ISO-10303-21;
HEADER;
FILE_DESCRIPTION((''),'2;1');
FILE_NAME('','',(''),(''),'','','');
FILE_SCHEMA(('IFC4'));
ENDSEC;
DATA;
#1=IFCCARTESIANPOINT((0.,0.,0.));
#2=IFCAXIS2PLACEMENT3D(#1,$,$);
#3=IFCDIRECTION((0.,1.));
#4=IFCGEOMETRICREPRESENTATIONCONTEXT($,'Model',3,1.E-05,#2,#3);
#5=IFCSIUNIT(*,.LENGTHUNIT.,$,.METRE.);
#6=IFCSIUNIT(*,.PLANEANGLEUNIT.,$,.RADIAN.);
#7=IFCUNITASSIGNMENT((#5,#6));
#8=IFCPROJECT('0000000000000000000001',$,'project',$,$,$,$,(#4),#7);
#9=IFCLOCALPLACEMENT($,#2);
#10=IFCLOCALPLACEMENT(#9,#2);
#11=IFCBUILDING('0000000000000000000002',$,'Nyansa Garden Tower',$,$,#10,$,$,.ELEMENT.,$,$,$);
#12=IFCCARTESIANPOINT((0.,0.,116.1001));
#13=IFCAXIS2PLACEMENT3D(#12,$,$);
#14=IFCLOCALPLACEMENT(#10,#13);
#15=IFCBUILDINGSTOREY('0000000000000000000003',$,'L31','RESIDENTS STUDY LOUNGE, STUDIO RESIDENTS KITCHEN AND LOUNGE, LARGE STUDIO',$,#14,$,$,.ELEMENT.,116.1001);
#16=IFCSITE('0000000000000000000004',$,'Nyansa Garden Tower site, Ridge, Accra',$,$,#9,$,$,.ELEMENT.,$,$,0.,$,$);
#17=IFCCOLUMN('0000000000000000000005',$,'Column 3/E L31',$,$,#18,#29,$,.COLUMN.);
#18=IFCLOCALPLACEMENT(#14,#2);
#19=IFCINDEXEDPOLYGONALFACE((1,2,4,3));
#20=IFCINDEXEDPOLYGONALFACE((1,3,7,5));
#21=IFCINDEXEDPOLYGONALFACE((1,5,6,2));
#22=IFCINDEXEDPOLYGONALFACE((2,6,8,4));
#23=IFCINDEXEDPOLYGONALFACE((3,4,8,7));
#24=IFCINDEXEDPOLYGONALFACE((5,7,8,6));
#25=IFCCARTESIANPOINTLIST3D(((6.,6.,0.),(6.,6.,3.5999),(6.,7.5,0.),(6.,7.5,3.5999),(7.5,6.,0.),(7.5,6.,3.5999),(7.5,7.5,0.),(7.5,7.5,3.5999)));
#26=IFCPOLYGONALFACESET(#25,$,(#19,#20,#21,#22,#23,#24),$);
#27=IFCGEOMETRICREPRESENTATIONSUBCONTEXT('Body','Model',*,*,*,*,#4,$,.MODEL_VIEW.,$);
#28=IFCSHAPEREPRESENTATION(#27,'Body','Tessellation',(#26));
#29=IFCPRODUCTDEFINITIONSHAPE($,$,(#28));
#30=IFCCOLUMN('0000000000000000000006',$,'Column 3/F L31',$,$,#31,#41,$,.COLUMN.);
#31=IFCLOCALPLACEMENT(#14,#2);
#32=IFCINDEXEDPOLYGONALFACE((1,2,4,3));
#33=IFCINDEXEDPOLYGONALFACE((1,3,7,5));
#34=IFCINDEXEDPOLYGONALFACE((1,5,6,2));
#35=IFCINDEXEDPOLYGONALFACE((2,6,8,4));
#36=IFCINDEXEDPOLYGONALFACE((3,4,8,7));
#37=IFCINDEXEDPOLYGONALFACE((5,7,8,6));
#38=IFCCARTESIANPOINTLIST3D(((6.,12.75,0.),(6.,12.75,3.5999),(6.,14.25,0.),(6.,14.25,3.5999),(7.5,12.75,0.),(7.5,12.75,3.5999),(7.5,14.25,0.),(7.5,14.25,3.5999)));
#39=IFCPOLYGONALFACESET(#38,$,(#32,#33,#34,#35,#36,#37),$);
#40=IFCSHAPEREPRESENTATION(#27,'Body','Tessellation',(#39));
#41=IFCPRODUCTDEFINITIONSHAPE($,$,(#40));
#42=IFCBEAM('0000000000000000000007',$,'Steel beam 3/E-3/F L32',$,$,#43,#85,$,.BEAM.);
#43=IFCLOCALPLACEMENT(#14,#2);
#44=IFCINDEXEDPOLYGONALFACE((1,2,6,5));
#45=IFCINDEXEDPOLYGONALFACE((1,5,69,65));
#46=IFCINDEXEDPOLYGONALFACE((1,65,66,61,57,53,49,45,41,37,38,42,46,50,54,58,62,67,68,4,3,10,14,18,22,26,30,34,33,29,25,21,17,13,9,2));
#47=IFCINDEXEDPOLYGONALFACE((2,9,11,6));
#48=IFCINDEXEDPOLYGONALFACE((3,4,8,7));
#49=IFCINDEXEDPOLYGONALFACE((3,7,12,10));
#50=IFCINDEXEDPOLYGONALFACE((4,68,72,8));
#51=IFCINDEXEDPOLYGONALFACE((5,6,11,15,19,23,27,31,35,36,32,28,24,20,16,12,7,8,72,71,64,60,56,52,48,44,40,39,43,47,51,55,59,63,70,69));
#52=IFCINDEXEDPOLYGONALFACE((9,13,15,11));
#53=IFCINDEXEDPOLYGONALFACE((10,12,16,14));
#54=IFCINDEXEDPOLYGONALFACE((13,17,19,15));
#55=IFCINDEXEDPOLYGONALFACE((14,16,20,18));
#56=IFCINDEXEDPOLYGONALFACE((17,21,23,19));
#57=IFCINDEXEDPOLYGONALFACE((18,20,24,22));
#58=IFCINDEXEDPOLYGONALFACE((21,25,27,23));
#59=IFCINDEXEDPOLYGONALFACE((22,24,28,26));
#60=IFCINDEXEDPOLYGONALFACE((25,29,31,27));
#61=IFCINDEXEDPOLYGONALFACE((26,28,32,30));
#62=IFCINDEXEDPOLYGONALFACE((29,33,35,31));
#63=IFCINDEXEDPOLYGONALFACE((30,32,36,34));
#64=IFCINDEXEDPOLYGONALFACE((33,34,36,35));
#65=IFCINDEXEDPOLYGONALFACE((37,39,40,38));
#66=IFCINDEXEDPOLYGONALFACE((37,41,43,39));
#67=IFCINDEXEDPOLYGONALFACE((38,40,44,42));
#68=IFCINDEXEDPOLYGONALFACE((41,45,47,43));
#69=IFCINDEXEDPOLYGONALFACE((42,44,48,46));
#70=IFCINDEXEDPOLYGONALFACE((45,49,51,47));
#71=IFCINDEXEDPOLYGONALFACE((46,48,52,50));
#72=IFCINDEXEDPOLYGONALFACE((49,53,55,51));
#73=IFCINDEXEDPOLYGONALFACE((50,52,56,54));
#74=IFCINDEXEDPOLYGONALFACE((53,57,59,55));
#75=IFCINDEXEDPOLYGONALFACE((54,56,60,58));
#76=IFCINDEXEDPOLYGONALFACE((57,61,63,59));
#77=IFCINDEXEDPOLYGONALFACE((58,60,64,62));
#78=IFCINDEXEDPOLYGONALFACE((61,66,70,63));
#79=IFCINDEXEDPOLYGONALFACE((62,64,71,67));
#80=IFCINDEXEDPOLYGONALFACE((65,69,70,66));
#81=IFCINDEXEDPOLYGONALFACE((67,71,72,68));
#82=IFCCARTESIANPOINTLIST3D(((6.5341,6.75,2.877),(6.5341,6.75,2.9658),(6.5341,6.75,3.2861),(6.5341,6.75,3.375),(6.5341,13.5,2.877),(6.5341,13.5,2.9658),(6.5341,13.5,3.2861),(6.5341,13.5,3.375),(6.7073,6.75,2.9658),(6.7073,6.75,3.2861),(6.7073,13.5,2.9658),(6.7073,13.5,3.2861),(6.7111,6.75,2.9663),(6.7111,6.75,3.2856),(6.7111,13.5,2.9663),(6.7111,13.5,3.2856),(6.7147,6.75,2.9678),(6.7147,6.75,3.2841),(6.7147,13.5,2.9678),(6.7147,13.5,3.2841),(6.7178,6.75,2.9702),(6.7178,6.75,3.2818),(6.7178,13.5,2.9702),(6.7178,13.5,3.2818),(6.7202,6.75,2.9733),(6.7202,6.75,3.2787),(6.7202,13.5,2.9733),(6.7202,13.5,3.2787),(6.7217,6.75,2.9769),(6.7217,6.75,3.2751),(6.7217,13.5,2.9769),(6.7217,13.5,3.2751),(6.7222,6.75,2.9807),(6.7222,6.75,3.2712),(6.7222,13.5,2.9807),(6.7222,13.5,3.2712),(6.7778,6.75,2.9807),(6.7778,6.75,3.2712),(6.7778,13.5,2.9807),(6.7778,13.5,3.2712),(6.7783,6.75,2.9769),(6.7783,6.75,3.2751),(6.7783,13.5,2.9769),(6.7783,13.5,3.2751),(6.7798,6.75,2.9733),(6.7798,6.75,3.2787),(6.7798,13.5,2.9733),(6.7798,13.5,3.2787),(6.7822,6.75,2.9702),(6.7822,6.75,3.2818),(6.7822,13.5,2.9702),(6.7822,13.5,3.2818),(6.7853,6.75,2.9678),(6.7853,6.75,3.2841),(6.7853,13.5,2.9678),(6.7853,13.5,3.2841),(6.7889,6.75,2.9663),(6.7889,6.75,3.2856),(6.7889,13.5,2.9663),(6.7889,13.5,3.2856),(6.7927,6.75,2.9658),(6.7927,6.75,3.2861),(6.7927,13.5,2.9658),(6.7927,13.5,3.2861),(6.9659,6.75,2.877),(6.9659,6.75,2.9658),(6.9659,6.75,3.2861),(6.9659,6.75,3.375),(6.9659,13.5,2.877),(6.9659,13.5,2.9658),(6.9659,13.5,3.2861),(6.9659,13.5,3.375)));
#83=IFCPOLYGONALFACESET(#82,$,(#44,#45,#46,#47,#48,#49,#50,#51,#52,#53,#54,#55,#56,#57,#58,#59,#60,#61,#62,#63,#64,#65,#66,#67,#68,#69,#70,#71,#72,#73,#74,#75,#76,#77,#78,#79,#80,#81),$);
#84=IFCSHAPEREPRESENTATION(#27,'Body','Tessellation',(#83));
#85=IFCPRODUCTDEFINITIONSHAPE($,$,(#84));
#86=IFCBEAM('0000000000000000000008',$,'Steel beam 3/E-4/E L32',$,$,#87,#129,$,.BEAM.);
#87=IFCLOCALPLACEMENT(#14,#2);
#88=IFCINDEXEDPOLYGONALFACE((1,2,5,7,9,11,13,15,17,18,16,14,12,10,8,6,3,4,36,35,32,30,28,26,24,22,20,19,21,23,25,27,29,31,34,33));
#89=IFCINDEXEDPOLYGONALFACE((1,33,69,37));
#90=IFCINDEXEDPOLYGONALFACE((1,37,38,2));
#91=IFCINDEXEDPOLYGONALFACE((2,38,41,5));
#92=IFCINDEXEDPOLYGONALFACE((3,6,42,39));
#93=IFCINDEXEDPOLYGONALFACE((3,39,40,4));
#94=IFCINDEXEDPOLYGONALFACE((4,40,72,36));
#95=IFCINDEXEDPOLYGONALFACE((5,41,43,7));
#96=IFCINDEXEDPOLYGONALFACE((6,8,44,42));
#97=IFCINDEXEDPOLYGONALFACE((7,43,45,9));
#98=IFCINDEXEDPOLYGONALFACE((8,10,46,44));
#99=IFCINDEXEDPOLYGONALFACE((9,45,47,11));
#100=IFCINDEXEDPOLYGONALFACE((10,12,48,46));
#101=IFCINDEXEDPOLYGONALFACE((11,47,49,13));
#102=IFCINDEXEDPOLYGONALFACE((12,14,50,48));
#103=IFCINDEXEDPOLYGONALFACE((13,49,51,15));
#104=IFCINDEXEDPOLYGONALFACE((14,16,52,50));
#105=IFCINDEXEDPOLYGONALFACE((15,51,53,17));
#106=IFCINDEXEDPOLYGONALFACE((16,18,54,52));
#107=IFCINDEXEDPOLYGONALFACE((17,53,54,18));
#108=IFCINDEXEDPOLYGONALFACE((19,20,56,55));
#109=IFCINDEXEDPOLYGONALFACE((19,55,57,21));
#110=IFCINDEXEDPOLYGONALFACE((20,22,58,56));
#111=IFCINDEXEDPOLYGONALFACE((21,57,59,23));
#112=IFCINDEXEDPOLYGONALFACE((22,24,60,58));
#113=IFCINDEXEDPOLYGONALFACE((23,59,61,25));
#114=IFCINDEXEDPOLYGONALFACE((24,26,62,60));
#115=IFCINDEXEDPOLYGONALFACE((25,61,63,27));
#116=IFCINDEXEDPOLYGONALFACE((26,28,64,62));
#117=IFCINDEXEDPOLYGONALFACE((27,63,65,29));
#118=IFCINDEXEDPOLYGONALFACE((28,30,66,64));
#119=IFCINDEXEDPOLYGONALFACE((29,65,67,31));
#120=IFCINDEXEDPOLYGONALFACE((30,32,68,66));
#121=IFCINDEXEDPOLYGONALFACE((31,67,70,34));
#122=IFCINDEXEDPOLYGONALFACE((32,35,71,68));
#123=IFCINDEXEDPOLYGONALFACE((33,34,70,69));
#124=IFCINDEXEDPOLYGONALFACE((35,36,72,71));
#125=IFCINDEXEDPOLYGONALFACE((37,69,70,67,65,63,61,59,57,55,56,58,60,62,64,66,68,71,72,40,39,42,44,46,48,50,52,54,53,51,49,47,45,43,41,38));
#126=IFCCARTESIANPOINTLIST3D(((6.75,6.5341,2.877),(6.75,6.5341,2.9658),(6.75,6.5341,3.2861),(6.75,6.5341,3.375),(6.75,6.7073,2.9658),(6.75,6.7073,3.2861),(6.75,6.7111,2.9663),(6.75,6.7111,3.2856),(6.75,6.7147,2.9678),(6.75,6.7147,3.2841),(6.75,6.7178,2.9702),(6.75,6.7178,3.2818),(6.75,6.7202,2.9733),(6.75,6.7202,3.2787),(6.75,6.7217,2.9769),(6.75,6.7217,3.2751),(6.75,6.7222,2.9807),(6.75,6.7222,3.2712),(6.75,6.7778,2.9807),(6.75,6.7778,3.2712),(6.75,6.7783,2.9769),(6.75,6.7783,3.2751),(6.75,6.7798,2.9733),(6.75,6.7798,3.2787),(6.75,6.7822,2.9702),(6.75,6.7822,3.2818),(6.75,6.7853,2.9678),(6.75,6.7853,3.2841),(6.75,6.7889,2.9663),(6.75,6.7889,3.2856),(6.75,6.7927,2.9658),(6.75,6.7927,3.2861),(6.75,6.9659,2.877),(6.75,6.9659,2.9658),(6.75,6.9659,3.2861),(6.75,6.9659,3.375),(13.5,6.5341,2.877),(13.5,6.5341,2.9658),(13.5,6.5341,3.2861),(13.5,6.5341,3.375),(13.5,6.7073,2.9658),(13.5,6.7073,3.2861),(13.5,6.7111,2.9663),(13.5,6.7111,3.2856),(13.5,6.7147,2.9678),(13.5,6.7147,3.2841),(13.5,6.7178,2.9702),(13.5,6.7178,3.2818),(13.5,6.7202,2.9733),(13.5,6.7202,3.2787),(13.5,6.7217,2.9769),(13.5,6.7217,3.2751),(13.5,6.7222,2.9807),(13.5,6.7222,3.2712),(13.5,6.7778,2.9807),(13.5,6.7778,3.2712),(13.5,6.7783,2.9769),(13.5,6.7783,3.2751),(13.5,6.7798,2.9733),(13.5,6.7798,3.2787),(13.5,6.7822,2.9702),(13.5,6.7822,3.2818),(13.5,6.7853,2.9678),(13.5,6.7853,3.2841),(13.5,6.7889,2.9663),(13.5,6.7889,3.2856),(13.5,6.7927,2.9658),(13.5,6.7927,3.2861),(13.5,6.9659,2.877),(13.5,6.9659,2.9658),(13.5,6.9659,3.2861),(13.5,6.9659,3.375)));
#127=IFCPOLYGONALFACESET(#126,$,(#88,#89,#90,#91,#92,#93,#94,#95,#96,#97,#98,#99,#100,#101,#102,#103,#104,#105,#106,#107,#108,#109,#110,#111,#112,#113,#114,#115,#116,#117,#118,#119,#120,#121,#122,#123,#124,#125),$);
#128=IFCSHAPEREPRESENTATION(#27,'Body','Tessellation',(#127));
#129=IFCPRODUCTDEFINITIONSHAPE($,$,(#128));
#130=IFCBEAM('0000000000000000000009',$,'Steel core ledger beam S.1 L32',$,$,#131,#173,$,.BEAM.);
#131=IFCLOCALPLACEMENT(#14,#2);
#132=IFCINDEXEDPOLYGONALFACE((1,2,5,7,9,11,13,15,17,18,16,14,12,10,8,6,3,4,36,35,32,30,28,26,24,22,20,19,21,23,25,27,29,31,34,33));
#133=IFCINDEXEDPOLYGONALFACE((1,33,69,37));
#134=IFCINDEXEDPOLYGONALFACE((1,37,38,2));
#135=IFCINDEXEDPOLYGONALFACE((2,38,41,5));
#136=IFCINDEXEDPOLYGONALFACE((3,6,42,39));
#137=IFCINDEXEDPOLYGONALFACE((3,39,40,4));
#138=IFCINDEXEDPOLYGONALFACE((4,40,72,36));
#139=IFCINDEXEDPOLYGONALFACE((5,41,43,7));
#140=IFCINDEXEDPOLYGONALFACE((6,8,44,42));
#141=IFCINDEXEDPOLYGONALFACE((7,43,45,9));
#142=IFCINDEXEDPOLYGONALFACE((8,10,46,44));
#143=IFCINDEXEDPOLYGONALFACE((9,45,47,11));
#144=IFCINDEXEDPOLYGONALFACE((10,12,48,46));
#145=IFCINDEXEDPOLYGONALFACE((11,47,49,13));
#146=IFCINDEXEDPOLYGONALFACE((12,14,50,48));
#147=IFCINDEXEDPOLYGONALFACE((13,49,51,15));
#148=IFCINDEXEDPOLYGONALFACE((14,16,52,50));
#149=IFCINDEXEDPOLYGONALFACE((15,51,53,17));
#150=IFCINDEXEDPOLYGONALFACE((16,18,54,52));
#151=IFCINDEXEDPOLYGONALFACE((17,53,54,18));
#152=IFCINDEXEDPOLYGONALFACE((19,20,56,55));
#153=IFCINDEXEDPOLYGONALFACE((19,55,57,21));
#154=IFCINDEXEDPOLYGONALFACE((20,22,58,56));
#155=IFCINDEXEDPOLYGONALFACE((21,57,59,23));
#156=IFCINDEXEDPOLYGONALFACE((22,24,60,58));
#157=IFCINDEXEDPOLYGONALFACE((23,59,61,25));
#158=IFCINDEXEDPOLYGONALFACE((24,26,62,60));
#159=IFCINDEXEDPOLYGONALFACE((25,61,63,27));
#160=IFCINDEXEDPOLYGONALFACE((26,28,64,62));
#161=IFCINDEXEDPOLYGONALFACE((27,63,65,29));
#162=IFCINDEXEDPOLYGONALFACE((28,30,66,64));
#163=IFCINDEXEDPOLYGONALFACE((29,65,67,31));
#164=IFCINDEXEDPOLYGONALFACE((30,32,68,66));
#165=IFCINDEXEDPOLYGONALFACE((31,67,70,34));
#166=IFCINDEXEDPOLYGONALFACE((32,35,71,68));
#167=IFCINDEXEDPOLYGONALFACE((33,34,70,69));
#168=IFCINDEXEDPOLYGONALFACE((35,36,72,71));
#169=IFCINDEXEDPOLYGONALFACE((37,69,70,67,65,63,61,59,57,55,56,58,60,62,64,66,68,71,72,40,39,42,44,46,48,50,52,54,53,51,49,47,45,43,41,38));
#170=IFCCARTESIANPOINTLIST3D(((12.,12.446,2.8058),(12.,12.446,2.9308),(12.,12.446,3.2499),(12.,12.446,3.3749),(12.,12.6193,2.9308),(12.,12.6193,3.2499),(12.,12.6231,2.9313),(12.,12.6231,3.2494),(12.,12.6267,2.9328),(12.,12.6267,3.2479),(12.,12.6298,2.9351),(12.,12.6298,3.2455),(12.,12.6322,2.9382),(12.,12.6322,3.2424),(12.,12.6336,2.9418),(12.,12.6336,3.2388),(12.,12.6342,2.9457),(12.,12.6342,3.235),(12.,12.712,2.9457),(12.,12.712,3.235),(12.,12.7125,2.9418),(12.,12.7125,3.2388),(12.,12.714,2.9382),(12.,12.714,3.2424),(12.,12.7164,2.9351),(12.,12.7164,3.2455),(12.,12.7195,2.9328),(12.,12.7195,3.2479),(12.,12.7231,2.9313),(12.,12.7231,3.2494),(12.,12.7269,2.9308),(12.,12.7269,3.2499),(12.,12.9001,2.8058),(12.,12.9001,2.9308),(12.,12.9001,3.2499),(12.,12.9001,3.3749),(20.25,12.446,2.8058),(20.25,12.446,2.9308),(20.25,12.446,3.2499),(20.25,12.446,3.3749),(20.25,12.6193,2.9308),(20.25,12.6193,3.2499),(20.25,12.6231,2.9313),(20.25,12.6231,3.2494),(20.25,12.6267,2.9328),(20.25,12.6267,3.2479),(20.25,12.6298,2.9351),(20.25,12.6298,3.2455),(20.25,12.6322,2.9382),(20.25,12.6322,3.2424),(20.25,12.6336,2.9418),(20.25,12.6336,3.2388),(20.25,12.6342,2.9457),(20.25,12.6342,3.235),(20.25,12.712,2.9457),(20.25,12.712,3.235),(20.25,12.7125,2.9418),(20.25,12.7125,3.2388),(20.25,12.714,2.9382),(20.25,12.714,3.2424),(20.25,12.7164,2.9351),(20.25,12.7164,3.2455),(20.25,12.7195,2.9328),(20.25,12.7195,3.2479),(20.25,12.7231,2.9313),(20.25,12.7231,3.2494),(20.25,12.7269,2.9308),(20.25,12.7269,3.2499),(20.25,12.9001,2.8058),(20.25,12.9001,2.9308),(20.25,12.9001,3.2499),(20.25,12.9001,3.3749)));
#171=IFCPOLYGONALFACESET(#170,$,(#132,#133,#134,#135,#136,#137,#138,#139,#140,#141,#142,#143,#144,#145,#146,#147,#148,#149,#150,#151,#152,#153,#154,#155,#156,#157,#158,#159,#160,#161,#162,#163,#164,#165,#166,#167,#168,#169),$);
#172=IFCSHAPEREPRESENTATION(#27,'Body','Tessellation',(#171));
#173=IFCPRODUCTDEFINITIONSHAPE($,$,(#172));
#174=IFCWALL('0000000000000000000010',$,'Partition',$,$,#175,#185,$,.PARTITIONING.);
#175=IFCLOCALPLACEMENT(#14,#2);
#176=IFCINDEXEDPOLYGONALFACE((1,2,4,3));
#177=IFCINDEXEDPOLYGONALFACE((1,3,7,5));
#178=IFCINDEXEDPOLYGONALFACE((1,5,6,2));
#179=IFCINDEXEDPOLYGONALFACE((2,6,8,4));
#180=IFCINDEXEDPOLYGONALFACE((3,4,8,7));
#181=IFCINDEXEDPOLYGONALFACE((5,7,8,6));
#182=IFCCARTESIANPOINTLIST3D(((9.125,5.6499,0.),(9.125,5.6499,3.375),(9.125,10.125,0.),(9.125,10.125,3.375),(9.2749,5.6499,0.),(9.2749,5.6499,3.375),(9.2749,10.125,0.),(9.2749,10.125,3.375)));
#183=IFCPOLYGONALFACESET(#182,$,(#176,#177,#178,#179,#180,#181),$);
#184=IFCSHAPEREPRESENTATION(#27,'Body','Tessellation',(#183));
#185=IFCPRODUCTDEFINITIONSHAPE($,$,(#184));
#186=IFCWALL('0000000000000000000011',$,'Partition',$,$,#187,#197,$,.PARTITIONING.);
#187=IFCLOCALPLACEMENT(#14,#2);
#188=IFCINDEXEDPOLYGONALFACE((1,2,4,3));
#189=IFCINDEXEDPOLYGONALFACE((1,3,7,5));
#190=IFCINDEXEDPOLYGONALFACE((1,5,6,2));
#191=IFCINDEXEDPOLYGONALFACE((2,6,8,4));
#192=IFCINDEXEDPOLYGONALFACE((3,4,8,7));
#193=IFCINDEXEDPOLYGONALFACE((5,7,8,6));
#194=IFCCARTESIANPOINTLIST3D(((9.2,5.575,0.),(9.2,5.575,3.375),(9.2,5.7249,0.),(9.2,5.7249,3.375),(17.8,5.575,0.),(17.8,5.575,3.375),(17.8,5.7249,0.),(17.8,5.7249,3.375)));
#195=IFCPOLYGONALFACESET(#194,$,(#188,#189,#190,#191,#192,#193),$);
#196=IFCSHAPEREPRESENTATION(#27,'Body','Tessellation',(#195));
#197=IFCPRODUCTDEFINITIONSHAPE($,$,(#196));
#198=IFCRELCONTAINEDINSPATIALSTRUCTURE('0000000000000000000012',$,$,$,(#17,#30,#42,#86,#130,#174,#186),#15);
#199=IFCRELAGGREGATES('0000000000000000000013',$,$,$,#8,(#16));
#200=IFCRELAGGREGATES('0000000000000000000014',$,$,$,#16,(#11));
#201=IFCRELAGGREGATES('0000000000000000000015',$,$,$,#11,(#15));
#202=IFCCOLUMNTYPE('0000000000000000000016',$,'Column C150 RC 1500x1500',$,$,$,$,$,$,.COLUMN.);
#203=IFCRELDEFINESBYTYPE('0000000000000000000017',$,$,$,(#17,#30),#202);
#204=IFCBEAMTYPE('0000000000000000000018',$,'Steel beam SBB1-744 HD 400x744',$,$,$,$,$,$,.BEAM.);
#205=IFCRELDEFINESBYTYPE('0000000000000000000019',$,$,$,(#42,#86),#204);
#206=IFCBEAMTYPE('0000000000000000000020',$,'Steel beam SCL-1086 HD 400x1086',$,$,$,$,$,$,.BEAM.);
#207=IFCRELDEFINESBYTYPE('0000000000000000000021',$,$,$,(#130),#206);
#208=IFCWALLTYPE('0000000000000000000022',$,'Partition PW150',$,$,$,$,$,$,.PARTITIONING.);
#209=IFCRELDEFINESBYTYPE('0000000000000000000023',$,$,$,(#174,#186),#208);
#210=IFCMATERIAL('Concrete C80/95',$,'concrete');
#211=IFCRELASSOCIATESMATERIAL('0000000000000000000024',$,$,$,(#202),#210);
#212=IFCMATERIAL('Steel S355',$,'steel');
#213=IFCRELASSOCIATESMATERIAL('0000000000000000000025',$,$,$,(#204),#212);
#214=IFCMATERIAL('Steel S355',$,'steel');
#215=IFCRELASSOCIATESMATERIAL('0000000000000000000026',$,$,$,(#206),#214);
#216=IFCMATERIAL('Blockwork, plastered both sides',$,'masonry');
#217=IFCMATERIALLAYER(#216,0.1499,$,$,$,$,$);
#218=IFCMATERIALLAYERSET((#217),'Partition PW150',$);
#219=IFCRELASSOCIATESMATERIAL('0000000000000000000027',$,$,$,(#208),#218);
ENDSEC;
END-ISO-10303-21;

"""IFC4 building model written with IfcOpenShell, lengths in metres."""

from ifc_helpers import new_model, si_unit, direction, frame, frame_2d, origin, origin_2d, place, context, subcontext, project, spatial, rectangle, i_section, extrude, material, layer, layer_set, material_profile, profile_set, type_object, element, save


model = new_model("IFC4")

# Units and contexts
model_context = context("Model", 3, precision=1e-05, world=origin(), true_north=direction((0.0, 1.0)))
body_context = subcontext(model_context, "Body", "Model", "MODEL_VIEW")
ifc_project = project(units=[si_unit("LENGTHUNIT", "METRE"), si_unit("PLANEANGLEUNIT", "RADIAN")], contexts=[model_context])

# Site, building, storey
site_placement = place(None, origin())
site = spatial("IfcSite", under=ifc_project, at=site_placement, Name="Nyansa Garden Tower site, Ridge, Accra", CompositionType="ELEMENT", RefElevation=0.0)
building_placement = place(site_placement, origin())
building = spatial("IfcBuilding", under=site, at=building_placement, Name="Nyansa Garden Tower", CompositionType="ELEMENT")
storey_placement = place(building_placement, frame((0.0, 0.0, 116.1001)))
storey = spatial("IfcBuildingStorey", under=building, at=storey_placement, Name="L31", Description="RESIDENTS STUDY LOUNGE, STUDIO RESIDENTS KITCHEN AND LOUNGE, LARGE STUDIO", CompositionType="ELEMENT", Elevation=116.1001)

# Columns
ifc_material_1 = material(Name="Concrete C80/95", Category="concrete")
ifc_material_profile_1 = material_profile(ifc_material_1, rectangle(XDim=1.5, YDim=1.5, at=origin_2d()), Name="RC 1500x1500")
ifc_profile_set_1 = profile_set([ifc_material_profile_1], Name="Concrete C80/95")
column_type = type_object("IfcColumnType", Name="Column C150 RC 1500x1500", PredefinedType="COLUMN", material=ifc_profile_set_1)
for number, where, z_axis, x_axis, name in (
    (1, (6.75, 6.75, 0.0), (0.0, 0.0, 1.0), (1.0, 0.0, 0.0), "Column 3/E L31"),
    (2, (6.75, 13.5, 0.0), (0.0, 0.0, 1.0), (1.0, 0.0, 0.0), "Column 3/F L31"),
):
    element("IfcColumn", number, at=place(storey_placement, frame(where, z_axis=z_axis, x_axis=x_axis)), inside=storey, type_object=column_type, Name=name, PredefinedType="COLUMN", context=body_context, shape_type="SweptSolid", body=[
        extrude(rectangle(XDim=1.5, YDim=1.5, at=origin_2d()), origin(), (0.0, 0.0, 1.0), 3.5999),
    ])

# Beams
ifc_material_2 = material(Name="Steel S355", Category="steel")
ifc_material_profile_2 = material_profile(ifc_material_2, i_section(OverallWidth=0.4319, OverallDepth=0.498, WebThickness=0.0557, FlangeThickness=0.0889, FilletRadius=0.0149, at=origin_2d()), Name="HD 400x744")
ifc_profile_set_2 = profile_set([ifc_material_profile_2], Name="Steel S355")
beam_type_1 = type_object("IfcBeamType", Name="Steel beam SBB1-744 HD 400x744", PredefinedType="BEAM", material=ifc_profile_set_2)
for number, where, z_axis, x_axis, name in (
    (3, (6.75, 6.75, 3.126), (0.0, 1.0, 0.0), (-1.0, 0.0, 0.0), "Steel beam 3/E-3/F L32"),
    (4, (6.75, 6.75, 3.126), (1.0, 0.0, 0.0), (0.0, 1.0, 0.0), "Steel beam 3/E-4/E L32"),
):
    element("IfcBeam", number, at=place(storey_placement, frame(where, z_axis=z_axis, x_axis=x_axis)), inside=storey, type_object=beam_type_1, Name=name, PredefinedType="BEAM", context=body_context, shape_type="SweptSolid", body=[
        extrude(i_section(OverallWidth=0.4319, OverallDepth=0.498, WebThickness=0.0557, FlangeThickness=0.0889, FilletRadius=0.0149, at=origin_2d()), origin(), (0.0, 0.0, 1.0), 6.75),
    ])
ifc_material_3 = material(Name="Steel S355", Category="steel")
ifc_material_profile_3 = material_profile(ifc_material_3, i_section(OverallWidth=0.4541, OverallDepth=0.5691, WebThickness=0.0779, FlangeThickness=0.125, FilletRadius=0.0149, at=origin_2d()), Name="HD 400x1086")
ifc_profile_set_3 = profile_set([ifc_material_profile_3], Name="Steel S355")
beam_type_2 = type_object("IfcBeamType", Name="Steel beam SCL-1086 HD 400x1086", PredefinedType="BEAM", material=ifc_profile_set_3)
beam_placement = place(storey_placement, frame((12.0, 12.6731, 3.0903), z_axis=(1.0, 0.0, 0.0), x_axis=(0.0, 1.0, 0.0)))
element("IfcBeam", 5, at=beam_placement, inside=storey, type_object=beam_type_2, Name="Steel core ledger beam S.1 L32", PredefinedType="BEAM", context=body_context, shape_type="SweptSolid", body=[
    extrude(i_section(OverallWidth=0.4541, OverallDepth=0.5691, WebThickness=0.0779, FlangeThickness=0.125, FilletRadius=0.0149, at=origin_2d()), origin(), (0.0, 0.0, 1.0), 8.25),
])

# Walls
ifc_material_4 = material(Name="Blockwork, plastered both sides", Category="masonry")
ifc_layer_1 = layer(ifc_material_4, 0.1499)
ifc_layer_set_1 = layer_set([ifc_layer_1], Name="Partition PW150")
wall_type_1 = type_object("IfcWallType", Name="Partition PW150", PredefinedType="PARTITIONING", material=ifc_layer_set_1)
wall_1_placement = place(storey_placement, frame((9.2, 5.6499, 0.0), z_axis=(0.0, 0.0, 1.0), x_axis=(0.0, 1.0, 0.0)))
element("IfcWall", 6, at=wall_1_placement, inside=storey, type_object=wall_type_1, Name="Partition", PredefinedType="PARTITIONING", context=body_context, shape_type="SweptSolid", body=[
    extrude(rectangle(XDim=4.4751, YDim=0.1499, at=frame_2d((2.2375, 0.0))), origin(), (0.0, 0.0, 1.0), 3.375),
])
wall_2_placement = place(storey_placement, frame((9.2, 5.6499, 0.0), z_axis=(0.0, 0.0, 1.0), x_axis=(1.0, 0.0, 0.0)))
element("IfcWall", 7, at=wall_2_placement, inside=storey, type_object=wall_type_1, Name="Partition", PredefinedType="PARTITIONING", context=body_context, shape_type="SweptSolid", body=[
    extrude(rectangle(XDim=8.6001, YDim=0.1499, at=frame_2d((4.3, 0.0))), origin(), (0.0, 0.0, 1.0), 3.375),
])

save(model, "model.ifc")
